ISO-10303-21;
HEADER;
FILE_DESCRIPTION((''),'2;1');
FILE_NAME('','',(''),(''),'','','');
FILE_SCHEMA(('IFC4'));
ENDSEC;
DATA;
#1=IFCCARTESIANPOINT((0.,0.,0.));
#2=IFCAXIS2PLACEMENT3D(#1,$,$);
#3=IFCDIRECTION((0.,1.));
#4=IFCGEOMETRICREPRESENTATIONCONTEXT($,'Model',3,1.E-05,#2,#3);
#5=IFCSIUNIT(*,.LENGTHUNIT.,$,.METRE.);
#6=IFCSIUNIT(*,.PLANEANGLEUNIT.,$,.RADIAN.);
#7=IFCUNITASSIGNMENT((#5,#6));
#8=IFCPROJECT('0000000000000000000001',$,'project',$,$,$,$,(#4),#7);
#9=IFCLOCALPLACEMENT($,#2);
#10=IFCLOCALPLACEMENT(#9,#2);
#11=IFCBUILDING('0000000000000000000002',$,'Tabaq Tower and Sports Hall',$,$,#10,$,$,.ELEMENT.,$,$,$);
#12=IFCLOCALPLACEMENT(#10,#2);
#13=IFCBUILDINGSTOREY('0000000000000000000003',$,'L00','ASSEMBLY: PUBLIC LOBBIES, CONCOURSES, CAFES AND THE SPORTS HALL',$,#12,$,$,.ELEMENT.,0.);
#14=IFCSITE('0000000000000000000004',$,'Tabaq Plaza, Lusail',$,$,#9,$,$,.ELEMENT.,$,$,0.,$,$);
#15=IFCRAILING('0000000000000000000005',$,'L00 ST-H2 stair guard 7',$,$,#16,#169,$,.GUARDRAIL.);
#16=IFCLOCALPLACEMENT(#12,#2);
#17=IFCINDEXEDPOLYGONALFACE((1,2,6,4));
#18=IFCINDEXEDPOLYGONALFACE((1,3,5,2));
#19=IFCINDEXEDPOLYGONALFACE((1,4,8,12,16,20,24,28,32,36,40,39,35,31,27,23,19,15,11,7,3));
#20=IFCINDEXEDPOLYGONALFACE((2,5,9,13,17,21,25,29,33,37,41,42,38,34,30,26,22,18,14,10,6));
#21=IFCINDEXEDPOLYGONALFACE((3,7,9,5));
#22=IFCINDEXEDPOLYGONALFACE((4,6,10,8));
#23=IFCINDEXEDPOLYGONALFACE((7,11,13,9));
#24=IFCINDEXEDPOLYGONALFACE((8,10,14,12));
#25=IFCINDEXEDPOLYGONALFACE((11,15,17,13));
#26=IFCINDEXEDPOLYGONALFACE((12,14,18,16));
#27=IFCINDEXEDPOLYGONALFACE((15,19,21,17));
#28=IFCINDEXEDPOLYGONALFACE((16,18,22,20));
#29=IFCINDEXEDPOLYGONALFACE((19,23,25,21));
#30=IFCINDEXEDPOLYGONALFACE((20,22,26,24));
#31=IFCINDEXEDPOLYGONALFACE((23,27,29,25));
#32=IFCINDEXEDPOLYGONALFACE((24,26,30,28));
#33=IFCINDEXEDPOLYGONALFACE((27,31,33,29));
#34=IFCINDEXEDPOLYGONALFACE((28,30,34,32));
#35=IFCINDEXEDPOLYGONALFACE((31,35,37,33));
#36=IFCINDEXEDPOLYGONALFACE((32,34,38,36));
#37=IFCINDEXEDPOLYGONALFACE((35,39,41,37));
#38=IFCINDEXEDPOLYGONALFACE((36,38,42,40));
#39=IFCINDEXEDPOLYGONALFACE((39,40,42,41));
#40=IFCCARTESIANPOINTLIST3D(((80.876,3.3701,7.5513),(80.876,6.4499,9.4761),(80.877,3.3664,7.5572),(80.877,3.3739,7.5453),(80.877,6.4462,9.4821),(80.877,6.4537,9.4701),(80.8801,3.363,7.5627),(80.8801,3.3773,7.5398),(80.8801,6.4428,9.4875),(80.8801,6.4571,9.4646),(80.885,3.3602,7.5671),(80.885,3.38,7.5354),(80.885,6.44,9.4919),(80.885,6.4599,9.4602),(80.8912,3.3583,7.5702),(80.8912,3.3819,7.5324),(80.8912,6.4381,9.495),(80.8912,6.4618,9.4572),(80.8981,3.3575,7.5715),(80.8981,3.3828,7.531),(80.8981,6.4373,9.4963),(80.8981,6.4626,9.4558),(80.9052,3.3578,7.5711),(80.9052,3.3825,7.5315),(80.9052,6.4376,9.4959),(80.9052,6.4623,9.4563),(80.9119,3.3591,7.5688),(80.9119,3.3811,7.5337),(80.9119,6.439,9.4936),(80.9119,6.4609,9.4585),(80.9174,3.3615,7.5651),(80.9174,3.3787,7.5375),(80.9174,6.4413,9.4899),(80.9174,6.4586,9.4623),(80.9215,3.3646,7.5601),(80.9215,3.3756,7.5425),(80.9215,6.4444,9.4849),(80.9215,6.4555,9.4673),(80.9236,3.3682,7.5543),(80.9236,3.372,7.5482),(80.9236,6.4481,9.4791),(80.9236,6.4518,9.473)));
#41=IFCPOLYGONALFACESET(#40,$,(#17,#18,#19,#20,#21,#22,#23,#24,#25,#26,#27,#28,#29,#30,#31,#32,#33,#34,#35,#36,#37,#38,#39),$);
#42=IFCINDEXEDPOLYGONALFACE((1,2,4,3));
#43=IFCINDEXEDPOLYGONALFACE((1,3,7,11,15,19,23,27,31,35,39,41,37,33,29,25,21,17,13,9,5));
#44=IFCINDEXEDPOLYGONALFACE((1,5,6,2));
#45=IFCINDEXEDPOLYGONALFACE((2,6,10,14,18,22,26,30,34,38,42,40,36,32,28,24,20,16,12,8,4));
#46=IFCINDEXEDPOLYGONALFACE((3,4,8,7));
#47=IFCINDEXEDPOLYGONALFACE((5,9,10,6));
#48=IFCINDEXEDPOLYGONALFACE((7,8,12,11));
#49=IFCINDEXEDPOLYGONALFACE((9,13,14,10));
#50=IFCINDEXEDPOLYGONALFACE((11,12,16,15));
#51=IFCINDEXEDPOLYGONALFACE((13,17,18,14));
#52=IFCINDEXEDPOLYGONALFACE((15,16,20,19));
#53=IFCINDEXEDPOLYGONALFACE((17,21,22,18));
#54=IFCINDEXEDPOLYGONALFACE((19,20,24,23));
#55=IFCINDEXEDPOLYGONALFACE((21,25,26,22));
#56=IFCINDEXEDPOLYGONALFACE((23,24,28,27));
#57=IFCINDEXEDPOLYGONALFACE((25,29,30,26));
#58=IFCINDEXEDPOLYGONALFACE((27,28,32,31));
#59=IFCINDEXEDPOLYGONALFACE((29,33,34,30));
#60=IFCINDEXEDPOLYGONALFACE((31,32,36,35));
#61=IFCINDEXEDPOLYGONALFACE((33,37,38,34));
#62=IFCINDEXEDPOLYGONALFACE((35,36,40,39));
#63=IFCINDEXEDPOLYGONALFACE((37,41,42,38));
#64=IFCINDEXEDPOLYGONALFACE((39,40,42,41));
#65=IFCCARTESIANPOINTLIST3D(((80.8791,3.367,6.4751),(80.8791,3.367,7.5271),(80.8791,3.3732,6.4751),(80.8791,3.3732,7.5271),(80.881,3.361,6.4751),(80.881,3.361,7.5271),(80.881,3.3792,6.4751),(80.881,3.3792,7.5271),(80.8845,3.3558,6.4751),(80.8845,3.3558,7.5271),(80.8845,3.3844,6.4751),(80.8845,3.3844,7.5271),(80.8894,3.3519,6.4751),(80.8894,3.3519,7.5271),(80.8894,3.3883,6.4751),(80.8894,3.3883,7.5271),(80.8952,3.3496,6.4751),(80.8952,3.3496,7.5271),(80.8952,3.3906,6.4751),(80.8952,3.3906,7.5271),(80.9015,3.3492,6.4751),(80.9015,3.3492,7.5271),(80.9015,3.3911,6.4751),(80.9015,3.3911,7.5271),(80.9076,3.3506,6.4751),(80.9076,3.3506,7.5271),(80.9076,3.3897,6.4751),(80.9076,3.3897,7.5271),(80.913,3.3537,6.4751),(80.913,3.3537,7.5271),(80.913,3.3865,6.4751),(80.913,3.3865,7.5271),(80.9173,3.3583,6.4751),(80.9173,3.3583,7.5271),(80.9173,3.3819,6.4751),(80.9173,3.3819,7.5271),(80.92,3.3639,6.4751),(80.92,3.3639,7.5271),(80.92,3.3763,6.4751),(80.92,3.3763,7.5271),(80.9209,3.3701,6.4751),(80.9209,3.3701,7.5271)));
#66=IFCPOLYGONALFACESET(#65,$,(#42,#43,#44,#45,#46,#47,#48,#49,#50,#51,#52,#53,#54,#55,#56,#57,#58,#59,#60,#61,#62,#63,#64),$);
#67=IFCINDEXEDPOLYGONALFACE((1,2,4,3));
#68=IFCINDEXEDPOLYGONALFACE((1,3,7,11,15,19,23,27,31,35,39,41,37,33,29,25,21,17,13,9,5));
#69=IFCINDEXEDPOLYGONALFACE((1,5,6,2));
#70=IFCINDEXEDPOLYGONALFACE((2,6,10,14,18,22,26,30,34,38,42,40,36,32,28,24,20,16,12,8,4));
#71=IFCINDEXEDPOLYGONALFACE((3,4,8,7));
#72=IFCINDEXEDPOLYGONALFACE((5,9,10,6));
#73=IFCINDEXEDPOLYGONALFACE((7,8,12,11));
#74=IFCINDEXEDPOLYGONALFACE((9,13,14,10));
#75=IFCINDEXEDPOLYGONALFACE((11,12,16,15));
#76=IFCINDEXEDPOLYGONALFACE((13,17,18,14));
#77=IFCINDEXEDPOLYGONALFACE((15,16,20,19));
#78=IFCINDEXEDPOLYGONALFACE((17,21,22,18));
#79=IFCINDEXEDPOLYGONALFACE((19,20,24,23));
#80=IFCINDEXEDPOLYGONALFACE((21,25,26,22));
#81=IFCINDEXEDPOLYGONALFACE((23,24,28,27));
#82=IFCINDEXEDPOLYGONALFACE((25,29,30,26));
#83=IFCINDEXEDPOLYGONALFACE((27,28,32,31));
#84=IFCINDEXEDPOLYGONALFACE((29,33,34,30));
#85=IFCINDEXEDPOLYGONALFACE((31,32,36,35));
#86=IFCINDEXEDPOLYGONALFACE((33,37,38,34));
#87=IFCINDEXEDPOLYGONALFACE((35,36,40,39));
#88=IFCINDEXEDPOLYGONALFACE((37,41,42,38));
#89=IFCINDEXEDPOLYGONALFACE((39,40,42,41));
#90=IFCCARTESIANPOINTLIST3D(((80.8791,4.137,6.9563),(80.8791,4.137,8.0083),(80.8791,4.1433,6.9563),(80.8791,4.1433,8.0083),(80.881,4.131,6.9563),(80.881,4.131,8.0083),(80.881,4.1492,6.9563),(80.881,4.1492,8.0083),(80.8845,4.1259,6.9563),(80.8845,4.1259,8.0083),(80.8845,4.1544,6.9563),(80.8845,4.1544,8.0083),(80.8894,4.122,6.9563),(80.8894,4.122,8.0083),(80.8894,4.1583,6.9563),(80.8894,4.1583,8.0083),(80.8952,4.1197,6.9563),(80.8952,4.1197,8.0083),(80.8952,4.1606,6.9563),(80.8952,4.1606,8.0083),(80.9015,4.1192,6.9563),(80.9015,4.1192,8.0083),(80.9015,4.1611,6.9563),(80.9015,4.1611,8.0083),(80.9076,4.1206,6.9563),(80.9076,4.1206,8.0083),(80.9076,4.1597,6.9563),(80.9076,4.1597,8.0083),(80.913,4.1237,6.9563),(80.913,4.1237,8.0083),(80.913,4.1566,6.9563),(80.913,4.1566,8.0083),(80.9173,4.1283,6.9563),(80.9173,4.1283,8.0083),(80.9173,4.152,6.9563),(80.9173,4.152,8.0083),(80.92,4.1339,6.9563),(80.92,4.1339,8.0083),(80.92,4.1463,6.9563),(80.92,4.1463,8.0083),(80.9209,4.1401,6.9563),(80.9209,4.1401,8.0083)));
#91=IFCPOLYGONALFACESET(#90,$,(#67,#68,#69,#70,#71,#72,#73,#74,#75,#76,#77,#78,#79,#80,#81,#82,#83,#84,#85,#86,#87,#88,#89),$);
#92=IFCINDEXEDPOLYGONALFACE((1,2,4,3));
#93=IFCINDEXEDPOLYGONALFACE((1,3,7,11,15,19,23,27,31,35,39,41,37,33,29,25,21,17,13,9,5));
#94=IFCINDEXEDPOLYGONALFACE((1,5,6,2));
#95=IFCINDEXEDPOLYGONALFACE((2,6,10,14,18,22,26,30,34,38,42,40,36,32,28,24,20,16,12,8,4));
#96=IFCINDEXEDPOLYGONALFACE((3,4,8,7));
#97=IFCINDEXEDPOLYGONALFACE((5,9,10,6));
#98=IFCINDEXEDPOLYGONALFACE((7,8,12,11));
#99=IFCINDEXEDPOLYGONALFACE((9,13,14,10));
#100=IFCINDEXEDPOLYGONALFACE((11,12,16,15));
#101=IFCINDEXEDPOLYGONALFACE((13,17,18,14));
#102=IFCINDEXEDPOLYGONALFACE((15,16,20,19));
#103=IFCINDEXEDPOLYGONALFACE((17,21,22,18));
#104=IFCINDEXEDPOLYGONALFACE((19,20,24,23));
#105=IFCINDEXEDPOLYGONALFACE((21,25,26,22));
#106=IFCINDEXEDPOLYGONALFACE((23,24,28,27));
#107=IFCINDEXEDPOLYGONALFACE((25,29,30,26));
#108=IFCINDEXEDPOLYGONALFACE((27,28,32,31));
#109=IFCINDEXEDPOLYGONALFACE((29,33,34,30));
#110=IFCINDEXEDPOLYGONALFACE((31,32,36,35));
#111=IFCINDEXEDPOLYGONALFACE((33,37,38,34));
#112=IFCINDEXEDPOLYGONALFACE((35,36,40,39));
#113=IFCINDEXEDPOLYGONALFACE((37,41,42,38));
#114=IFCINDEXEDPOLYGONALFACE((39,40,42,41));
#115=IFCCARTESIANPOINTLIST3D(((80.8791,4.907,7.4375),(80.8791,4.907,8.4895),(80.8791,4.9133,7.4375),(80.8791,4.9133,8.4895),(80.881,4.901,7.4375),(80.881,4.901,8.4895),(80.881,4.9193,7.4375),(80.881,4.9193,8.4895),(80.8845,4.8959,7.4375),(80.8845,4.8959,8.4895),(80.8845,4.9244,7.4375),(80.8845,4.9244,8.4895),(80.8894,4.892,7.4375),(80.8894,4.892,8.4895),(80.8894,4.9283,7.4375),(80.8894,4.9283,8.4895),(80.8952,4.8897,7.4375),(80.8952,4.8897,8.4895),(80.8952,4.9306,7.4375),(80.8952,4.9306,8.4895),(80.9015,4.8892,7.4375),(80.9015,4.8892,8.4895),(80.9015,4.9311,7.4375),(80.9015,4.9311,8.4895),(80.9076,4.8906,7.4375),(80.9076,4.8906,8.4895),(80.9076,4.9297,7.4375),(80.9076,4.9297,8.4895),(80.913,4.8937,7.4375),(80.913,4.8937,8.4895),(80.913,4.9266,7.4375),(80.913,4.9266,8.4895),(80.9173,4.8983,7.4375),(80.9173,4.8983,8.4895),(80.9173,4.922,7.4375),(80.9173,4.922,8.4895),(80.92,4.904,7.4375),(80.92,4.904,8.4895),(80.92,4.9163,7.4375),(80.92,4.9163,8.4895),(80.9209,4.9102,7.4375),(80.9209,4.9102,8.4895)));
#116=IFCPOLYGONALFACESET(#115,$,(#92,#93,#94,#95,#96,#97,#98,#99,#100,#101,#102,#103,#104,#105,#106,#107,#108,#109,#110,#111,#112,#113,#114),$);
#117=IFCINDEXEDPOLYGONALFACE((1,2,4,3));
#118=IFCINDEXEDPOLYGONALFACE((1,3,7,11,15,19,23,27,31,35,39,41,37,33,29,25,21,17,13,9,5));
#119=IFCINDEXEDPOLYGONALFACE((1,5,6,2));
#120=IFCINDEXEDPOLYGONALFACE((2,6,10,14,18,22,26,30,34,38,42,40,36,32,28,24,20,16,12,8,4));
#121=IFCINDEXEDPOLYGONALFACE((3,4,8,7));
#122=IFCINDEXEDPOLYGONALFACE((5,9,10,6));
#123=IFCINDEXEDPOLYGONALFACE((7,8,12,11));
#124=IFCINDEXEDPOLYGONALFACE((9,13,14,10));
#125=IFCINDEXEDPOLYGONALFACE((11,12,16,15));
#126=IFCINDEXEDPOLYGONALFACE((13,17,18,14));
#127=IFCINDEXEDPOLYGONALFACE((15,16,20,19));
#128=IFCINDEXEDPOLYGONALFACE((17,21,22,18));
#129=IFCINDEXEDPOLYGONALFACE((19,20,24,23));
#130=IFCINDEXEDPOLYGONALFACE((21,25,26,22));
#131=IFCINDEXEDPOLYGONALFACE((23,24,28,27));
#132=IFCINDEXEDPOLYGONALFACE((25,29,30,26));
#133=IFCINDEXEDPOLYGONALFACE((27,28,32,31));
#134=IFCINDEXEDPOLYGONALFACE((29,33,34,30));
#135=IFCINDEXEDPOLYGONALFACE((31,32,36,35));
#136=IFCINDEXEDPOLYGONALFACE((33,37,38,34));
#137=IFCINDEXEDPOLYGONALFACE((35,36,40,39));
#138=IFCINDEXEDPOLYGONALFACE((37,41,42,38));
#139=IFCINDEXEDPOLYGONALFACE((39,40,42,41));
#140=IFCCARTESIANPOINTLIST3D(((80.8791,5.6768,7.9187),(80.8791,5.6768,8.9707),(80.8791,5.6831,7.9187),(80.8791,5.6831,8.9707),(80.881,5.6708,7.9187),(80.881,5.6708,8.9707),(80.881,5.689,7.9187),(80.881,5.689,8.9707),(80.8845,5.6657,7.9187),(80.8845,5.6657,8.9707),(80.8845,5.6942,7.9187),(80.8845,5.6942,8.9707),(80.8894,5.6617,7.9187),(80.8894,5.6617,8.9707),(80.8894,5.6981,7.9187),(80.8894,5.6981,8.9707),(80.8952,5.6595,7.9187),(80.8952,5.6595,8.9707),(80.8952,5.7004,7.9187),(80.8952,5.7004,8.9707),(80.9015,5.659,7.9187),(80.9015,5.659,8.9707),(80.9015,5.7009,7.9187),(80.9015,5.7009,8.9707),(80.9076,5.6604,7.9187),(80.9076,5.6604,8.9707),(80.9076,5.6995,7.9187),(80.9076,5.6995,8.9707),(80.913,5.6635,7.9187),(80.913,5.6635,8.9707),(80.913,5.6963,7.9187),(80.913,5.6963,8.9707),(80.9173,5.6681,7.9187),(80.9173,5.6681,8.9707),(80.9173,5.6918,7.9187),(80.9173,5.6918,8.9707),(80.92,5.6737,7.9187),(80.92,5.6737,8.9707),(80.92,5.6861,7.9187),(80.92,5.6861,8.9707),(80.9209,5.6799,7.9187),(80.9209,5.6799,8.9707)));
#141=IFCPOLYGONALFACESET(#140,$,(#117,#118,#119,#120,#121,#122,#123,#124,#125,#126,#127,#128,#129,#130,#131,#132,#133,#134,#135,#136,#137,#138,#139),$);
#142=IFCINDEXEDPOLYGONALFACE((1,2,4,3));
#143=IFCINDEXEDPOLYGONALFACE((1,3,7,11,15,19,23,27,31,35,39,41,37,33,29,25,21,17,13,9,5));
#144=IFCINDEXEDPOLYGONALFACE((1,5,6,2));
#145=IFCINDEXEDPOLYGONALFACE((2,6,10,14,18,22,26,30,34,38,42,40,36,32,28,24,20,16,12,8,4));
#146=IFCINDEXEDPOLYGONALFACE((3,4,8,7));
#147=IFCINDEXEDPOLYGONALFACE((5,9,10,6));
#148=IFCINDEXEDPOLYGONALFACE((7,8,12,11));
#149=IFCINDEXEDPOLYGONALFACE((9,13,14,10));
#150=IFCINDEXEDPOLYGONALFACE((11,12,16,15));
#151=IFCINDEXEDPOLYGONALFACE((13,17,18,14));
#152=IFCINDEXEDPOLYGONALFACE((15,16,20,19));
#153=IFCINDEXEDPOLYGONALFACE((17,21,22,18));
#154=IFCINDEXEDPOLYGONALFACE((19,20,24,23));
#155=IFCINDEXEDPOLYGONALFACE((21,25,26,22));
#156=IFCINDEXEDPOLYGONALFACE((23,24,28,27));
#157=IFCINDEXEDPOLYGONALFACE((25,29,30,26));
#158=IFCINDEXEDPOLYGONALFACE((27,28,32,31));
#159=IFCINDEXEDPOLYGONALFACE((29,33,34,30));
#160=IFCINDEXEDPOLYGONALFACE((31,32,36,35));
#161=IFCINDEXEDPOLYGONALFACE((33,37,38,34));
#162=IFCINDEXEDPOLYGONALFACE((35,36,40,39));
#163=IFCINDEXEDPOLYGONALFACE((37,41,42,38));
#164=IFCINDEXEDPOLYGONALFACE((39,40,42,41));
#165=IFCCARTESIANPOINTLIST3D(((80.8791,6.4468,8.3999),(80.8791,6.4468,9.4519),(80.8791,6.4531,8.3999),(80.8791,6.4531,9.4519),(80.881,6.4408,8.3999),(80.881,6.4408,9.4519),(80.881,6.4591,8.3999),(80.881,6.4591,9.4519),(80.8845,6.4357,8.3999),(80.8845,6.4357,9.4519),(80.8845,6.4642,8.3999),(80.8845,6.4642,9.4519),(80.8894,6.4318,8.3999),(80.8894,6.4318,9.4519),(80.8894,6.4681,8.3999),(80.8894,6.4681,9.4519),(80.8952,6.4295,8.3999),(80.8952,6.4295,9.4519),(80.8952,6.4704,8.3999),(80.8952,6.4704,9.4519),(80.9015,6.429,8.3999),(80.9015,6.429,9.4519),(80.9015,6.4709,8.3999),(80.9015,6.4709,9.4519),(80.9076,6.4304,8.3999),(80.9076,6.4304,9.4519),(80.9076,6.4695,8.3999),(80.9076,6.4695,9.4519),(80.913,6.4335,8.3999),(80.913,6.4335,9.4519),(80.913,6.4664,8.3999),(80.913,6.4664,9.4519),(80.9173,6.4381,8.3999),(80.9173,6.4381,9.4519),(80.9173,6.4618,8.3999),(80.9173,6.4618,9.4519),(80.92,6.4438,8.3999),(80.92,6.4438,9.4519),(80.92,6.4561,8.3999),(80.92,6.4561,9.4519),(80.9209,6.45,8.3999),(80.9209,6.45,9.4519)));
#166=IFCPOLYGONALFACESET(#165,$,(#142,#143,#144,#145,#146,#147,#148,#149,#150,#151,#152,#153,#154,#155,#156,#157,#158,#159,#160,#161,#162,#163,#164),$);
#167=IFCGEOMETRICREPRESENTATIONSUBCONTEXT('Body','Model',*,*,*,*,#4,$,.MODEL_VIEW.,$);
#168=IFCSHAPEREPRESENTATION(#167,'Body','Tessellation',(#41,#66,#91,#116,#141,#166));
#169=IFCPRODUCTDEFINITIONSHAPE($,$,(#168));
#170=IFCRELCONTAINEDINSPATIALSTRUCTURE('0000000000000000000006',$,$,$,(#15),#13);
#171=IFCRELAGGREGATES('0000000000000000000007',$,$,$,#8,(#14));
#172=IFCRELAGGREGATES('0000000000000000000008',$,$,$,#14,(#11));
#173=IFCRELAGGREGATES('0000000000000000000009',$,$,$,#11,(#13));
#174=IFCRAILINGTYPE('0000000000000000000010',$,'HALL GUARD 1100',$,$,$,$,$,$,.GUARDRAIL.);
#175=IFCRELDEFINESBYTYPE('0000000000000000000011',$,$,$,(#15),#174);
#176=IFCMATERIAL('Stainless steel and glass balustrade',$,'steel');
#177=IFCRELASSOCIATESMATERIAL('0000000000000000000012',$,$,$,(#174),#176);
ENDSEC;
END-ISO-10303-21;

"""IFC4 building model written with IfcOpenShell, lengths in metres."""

from ifc_helpers import new_model, si_unit, direction, frame, origin, origin_2d, place, context, subcontext, project, spatial, circle, extrude, material, type_object, element, save


model = new_model("IFC4")

# Units and contexts
model_context = context("Model", 3, precision=1e-05, world=origin(), true_north=direction((0.0, 1.0)))
body_context = subcontext(model_context, "Body", "Model", "MODEL_VIEW")
ifc_project = project(units=[si_unit("LENGTHUNIT", "METRE"), si_unit("PLANEANGLEUNIT", "RADIAN")], contexts=[model_context])

# Site, building, storey
site_placement = place(None, origin())
site = spatial("IfcSite", under=ifc_project, at=site_placement, Name="Tabaq Plaza, Lusail", CompositionType="ELEMENT", RefElevation=0.0)
building_placement = place(site_placement, origin())
building = spatial("IfcBuilding", under=site, at=building_placement, Name="Tabaq Tower and Sports Hall", CompositionType="ELEMENT")
storey_placement = place(building_placement, origin())
storey = spatial("IfcBuildingStorey", under=building, at=storey_placement, Name="L00", Description="ASSEMBLY: PUBLIC LOBBIES, CONCOURSES, CAFES AND THE SPORTS HALL", CompositionType="ELEMENT", Elevation=0.0)

# Railing
ifc_material_1 = material(Name="Stainless steel and glass balustrade", Category="steel")
railing_type_1 = type_object("IfcRailingType", Name="HALL GUARD 1100", PredefinedType="GUARDRAIL", material=ifc_material_1)
railing_1_placement = place(storey_placement, frame((80.8999, 3.3701, 6.4751)))
element("IfcRailing", 1, at=railing_1_placement, inside=storey, type_object=railing_type_1, Name="L00 ST-H2 stair guard 7", PredefinedType="GUARDRAIL", context=body_context, shape_type="SweptSolid", body=[
    extrude(circle(Radius=0.0239, at=origin_2d()), frame((0.0, 0.0, 1.0762), z_axis=(0.0, 0.84801, 0.529981), x_axis=(-1.0, 0.0, 0.0)), (0.0, 0.0, 1.0), 3.6318),
    extrude(circle(Radius=0.021, at=origin_2d()), origin(), (0.0, 0.0, 1.0), 1.052),
    extrude(circle(Radius=0.021, at=origin_2d()), frame((0.0, 0.77, 0.4812)), (0.0, 0.0, 1.0), 1.052),
    extrude(circle(Radius=0.021, at=origin_2d()), frame((0.0, 1.54, 0.9624)), (0.0, 0.0, 1.0), 1.052),
    extrude(circle(Radius=0.021, at=origin_2d()), frame((0.0, 2.3098, 1.4436)), (0.0, 0.0, 1.0), 1.052),
    extrude(circle(Radius=0.021, at=origin_2d()), frame((0.0, 3.0798, 1.9248)), (0.0, 0.0, 1.0), 1.052),
])

save(model, "model.ifc")
